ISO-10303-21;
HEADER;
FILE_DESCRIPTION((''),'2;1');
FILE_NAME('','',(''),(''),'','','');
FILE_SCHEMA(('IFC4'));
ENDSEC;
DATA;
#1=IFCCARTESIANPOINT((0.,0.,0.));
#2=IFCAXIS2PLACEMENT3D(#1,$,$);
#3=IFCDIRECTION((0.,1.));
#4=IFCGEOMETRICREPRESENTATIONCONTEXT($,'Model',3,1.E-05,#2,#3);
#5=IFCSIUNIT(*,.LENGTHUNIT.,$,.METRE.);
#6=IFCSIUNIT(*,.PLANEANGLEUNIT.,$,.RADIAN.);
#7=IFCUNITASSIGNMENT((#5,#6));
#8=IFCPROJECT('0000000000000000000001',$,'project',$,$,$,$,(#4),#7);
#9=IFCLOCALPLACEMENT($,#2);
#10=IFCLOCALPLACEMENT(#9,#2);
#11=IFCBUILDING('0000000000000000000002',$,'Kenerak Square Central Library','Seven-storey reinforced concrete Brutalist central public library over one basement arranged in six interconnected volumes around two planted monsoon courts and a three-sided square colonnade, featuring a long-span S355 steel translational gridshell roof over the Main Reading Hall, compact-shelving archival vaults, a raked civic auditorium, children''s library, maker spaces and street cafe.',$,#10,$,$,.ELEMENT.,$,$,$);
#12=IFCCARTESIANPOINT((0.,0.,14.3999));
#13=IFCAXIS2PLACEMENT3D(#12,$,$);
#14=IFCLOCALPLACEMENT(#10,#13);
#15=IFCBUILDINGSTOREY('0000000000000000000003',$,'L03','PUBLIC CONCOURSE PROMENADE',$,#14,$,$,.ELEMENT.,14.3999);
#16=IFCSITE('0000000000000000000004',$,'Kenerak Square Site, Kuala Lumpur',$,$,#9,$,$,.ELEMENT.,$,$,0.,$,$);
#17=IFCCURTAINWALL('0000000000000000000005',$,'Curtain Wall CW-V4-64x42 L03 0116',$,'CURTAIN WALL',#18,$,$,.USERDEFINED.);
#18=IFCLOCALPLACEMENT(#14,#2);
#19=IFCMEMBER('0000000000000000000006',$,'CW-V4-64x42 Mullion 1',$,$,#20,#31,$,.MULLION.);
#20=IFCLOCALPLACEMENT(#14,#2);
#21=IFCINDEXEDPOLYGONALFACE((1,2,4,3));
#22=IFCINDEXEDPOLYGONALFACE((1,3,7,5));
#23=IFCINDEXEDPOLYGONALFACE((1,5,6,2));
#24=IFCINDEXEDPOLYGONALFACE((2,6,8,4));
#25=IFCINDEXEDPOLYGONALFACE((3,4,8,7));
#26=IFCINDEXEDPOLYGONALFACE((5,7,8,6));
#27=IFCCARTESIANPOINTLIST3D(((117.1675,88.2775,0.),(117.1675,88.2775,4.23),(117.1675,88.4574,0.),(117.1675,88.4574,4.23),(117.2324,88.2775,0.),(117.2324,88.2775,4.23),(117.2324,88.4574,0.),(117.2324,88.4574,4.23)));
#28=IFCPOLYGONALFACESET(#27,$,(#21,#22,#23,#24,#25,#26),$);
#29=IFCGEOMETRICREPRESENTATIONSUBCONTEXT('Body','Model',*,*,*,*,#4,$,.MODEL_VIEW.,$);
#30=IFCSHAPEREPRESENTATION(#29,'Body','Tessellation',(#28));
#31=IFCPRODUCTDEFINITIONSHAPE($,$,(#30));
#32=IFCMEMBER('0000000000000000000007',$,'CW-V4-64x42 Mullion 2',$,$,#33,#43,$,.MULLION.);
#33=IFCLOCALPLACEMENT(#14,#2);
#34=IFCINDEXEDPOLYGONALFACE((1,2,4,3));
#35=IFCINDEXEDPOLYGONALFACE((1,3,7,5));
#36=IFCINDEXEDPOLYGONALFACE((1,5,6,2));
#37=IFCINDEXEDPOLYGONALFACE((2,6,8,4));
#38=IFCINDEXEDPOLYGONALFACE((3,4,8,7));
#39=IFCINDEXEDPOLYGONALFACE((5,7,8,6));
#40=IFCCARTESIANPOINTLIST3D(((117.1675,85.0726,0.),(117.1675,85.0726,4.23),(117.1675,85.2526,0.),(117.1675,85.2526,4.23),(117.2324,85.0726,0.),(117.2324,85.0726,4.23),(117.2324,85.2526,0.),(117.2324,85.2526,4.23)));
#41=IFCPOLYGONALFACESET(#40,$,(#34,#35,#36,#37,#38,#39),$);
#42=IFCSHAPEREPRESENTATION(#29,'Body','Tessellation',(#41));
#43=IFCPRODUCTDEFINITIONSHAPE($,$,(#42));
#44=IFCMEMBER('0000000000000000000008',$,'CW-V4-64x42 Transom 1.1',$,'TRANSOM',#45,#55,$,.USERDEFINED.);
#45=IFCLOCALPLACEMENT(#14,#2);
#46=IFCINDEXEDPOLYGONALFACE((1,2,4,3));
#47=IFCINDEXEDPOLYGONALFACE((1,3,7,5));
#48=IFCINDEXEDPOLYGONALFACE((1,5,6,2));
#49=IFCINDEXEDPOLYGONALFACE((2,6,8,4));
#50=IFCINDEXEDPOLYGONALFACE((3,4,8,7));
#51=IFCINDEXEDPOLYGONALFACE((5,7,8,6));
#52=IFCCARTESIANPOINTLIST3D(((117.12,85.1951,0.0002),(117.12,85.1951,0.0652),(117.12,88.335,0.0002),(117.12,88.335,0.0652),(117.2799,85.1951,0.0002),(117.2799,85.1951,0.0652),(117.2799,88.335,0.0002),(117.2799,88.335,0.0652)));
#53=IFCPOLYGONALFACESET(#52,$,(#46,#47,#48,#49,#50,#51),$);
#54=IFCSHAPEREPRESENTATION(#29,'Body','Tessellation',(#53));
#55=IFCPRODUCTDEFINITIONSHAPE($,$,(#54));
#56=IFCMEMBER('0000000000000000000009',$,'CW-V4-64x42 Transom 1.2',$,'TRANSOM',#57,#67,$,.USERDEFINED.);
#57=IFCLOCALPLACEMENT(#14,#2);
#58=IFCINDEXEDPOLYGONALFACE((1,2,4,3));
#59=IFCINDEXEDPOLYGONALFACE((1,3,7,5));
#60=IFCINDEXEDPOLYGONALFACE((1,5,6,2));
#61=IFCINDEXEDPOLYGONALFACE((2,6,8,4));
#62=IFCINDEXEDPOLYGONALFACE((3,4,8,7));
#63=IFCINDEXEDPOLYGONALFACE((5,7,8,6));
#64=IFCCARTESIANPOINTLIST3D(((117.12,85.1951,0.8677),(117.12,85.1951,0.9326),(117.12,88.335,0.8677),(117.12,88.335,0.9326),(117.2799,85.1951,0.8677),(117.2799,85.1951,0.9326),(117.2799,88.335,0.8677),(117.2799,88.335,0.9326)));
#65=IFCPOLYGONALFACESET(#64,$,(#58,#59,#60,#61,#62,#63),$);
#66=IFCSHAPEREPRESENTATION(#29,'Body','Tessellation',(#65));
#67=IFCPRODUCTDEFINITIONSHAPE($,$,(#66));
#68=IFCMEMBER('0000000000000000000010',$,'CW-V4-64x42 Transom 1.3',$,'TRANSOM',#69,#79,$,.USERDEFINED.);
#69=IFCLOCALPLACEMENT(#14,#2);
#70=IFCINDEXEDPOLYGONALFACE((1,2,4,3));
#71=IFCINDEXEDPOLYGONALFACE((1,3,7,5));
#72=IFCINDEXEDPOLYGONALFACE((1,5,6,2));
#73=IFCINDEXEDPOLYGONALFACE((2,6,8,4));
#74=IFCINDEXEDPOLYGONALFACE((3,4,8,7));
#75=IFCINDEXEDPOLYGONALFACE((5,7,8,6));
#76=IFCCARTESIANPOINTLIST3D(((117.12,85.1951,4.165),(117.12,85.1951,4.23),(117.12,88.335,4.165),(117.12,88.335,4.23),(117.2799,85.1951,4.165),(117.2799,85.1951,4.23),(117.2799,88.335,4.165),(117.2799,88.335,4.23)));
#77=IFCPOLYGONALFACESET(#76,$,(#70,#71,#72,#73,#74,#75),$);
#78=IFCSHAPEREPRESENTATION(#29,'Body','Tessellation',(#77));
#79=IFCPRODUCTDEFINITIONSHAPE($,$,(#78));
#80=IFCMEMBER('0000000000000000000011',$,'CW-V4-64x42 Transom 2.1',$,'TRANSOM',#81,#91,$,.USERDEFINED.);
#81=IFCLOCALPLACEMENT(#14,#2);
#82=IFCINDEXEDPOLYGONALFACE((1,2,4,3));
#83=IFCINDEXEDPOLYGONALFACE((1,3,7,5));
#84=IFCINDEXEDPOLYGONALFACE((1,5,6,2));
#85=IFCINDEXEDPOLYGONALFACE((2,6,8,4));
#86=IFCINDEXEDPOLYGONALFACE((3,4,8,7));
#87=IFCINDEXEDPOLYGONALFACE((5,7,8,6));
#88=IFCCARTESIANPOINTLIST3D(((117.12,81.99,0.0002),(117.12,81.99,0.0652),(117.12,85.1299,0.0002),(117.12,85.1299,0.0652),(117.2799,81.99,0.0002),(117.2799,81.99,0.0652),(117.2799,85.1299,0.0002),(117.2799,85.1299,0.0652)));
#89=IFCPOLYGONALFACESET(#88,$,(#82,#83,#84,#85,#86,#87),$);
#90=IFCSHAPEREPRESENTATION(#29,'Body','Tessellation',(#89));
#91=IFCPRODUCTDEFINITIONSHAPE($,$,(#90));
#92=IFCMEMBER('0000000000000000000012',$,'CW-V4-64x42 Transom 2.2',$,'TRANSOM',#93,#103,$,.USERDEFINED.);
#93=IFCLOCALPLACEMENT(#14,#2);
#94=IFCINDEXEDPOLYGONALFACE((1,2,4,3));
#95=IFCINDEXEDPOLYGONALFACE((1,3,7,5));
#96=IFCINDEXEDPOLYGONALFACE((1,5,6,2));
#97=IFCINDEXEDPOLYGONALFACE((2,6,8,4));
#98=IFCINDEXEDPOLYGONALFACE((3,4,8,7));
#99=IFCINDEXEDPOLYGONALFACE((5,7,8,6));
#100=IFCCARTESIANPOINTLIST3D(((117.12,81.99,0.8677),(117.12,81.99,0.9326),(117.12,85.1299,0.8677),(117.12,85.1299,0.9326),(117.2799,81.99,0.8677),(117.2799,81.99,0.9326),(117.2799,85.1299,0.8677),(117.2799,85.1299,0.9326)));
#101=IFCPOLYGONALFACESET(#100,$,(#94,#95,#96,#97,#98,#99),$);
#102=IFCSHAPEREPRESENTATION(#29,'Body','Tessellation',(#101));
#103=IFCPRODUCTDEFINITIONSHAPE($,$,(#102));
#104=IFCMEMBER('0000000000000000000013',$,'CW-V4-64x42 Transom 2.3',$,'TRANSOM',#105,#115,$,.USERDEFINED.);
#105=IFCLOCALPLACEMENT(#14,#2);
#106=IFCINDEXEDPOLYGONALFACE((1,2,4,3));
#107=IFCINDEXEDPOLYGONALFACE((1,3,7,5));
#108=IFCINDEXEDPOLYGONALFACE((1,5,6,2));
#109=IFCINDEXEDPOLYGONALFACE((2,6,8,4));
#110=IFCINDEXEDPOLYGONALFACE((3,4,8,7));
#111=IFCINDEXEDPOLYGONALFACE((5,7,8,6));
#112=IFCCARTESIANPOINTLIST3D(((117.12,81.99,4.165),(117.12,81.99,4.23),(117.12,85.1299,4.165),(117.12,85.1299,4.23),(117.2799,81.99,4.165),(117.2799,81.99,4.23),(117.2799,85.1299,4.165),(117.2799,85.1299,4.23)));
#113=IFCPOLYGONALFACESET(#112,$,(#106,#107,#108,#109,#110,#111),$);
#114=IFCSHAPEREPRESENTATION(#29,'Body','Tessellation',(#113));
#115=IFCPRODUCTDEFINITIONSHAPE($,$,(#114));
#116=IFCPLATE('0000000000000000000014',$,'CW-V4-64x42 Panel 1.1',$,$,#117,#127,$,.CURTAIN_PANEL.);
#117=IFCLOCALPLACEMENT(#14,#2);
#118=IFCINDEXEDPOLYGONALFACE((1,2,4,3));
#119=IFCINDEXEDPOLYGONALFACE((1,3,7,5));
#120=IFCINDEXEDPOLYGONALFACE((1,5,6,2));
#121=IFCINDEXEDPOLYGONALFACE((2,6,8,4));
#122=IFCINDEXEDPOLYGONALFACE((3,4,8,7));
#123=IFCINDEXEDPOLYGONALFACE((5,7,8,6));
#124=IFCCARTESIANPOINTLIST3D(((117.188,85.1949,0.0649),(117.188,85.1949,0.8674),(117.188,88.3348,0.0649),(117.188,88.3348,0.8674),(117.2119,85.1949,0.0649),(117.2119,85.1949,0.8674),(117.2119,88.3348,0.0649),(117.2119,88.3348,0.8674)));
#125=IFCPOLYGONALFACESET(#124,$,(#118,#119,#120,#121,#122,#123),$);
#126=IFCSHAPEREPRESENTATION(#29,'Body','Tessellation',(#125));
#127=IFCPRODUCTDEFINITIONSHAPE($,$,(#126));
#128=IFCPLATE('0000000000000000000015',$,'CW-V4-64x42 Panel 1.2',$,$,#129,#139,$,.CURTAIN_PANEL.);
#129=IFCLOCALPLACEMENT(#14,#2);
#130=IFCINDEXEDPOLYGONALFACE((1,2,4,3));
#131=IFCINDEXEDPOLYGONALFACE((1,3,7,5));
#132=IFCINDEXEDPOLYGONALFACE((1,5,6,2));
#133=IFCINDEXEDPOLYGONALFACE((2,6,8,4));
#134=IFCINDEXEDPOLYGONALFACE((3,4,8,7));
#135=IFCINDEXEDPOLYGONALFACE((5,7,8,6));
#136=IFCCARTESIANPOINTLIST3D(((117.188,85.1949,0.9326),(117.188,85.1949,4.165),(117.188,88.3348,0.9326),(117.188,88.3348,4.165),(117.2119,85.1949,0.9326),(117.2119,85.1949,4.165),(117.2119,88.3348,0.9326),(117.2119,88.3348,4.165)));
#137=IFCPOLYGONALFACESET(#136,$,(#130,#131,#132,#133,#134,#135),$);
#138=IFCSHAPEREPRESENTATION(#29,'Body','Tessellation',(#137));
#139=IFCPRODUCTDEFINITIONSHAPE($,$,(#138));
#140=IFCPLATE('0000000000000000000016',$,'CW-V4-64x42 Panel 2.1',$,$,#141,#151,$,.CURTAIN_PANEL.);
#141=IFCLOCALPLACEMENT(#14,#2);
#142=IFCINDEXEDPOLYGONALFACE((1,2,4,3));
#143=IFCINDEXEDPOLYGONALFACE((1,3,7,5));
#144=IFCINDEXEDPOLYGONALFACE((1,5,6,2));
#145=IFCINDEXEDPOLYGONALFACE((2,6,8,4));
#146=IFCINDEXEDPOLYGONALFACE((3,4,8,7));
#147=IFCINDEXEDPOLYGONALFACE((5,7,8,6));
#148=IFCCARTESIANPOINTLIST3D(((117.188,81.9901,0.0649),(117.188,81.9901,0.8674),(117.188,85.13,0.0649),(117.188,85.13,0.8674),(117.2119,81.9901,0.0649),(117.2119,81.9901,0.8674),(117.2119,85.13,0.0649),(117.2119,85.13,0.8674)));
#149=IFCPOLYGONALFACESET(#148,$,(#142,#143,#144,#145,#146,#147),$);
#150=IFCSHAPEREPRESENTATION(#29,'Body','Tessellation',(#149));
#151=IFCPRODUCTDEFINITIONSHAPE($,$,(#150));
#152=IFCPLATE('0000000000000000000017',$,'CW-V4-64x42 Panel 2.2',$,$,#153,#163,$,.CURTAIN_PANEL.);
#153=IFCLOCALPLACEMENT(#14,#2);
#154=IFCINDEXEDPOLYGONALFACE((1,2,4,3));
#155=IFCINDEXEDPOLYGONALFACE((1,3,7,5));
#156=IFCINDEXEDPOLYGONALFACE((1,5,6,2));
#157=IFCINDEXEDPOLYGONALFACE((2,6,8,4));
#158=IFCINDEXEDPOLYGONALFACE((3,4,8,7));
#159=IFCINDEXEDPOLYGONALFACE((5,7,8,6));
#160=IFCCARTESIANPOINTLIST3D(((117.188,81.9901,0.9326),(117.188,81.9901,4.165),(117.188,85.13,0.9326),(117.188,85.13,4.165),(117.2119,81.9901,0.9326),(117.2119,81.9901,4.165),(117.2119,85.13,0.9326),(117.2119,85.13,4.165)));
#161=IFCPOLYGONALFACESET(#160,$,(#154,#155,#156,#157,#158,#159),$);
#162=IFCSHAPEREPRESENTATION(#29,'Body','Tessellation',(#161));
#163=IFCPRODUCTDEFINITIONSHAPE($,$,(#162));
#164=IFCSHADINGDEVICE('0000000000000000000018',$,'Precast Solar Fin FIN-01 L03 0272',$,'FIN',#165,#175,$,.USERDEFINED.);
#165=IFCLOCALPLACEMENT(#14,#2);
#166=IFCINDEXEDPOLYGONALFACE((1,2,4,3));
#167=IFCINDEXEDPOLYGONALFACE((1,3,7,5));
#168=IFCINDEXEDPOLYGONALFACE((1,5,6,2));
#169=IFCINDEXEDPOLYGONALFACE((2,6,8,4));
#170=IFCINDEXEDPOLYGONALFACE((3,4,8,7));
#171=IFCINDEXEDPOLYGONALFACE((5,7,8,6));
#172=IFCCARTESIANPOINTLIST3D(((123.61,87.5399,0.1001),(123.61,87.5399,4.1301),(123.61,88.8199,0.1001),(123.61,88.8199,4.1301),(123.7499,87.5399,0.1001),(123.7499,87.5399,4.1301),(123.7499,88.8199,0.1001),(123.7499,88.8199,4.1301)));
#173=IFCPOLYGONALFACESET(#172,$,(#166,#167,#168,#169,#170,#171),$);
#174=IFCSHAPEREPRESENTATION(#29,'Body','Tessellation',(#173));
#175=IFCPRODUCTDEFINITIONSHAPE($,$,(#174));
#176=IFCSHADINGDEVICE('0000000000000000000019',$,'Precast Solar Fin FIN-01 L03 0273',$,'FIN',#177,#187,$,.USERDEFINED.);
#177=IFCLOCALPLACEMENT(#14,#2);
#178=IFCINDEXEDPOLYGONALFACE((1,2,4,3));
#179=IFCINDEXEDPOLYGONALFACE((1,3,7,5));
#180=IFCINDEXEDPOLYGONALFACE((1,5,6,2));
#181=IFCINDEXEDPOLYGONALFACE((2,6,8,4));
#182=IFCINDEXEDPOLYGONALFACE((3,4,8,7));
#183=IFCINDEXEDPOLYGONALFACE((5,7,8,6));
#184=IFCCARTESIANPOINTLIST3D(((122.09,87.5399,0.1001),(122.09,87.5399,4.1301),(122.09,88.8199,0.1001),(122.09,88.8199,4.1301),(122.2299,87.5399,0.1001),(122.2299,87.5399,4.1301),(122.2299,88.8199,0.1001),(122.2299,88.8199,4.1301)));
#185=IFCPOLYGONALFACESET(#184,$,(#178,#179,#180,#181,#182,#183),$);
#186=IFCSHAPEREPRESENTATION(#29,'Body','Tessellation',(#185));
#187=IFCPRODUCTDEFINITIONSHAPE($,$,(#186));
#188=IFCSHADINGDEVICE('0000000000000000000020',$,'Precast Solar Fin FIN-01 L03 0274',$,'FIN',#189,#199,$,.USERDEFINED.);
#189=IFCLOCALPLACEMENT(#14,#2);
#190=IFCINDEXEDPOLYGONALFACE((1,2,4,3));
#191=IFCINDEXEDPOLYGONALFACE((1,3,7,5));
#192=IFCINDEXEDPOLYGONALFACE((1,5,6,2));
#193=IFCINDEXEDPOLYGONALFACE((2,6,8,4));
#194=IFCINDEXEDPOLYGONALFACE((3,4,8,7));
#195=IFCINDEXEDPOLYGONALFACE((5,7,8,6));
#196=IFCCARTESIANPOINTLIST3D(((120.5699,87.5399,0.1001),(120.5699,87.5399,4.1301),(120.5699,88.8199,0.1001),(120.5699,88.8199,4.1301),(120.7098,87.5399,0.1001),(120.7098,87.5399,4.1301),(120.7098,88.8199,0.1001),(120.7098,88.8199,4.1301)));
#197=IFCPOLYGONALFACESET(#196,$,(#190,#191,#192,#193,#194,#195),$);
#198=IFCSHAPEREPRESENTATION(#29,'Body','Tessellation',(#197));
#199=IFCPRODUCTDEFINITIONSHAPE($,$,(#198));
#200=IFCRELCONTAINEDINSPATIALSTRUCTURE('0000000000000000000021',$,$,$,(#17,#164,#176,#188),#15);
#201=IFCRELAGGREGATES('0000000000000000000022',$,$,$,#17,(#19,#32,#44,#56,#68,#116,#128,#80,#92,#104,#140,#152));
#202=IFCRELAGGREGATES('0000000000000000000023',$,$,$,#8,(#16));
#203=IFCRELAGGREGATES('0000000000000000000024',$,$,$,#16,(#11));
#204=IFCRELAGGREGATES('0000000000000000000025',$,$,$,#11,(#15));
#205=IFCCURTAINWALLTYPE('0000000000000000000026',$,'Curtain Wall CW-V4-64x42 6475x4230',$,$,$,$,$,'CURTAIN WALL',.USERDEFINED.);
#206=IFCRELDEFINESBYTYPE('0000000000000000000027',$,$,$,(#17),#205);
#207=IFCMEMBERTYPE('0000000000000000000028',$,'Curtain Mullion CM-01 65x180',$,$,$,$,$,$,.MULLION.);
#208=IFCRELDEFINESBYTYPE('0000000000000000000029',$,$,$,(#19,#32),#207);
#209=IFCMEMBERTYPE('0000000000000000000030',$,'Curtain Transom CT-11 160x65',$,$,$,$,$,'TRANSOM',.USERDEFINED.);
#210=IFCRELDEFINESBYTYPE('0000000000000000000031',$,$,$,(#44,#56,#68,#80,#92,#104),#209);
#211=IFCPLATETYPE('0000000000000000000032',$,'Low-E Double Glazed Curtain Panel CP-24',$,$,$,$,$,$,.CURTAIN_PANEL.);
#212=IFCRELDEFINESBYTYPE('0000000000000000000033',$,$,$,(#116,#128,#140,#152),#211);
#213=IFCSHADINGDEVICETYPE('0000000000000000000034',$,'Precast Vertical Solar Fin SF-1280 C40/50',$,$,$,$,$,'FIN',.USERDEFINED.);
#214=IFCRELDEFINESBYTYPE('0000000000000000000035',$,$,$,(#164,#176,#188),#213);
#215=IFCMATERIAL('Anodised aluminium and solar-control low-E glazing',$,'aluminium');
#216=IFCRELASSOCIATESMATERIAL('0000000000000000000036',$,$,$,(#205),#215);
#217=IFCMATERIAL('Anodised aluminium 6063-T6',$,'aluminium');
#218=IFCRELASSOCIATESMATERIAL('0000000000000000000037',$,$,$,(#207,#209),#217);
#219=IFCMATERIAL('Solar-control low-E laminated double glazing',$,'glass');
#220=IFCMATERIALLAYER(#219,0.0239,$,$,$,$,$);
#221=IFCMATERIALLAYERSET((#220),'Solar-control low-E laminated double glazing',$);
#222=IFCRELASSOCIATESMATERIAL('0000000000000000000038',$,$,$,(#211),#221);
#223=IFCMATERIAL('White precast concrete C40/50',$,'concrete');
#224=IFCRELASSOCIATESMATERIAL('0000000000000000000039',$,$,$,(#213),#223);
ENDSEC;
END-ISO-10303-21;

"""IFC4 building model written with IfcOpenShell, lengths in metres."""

from ifc_helpers import new_model, si_unit, direction, frame, origin, origin_2d, place, context, subcontext, project, spatial, rectangle, extrude, material, layer, layer_set, material_profile, profile_set, type_object, element, aggregate, save


model = new_model("IFC4")

# Units and contexts
model_context = context("Model", 3, precision=1e-05, world=origin(), true_north=direction((0.0, 1.0)))
body_context = subcontext(model_context, "Body", "Model", "MODEL_VIEW")
ifc_project = project(units=[si_unit("LENGTHUNIT", "METRE"), si_unit("PLANEANGLEUNIT", "RADIAN")], contexts=[model_context])

# Site, building, storey
site_placement = place(None, origin())
site = spatial("IfcSite", under=ifc_project, at=site_placement, Name="Kenerak Square Site, Kuala Lumpur", CompositionType="ELEMENT", RefElevation=0.0)
building_placement = place(site_placement, origin())
building = spatial("IfcBuilding", under=site, at=building_placement, Name="Kenerak Square Central Library", Description="Seven-storey reinforced concrete Brutalist central public library over one basement arranged in six interconnected volumes around two planted monsoon courts and a three-sided square colonnade, featuring a long-span S355 steel translational gridshell roof over the Main Reading Hall, compact-shelving archival vaults, a raked civic auditorium, children's library, maker spaces and street cafe.", CompositionType="ELEMENT")
storey_placement = place(building_placement, frame((0.0, 0.0, 14.3999)))
storey = spatial("IfcBuildingStorey", under=building, at=storey_placement, Name="L03", Description="PUBLIC CONCOURSE PROMENADE", CompositionType="ELEMENT", Elevation=14.3999)

# Curtain wall, members, plates
ifc_material_1 = material(Name="Anodised aluminium and solar-control low-E glazing", Category="aluminium")
curtain_wall_type = type_object("IfcCurtainWallType", Name="Curtain Wall CW-V4-64x42 6475x4230", ElementType="CURTAIN WALL", PredefinedType="USERDEFINED", material=ifc_material_1)
curtain_wall_placement = place(storey_placement, origin())
curtain_wall = element("IfcCurtainWall", 1, at=curtain_wall_placement, inside=storey, type_object=curtain_wall_type, Name="Curtain Wall CW-V4-64x42 L03 0116", ObjectType="CURTAIN WALL", PredefinedType="USERDEFINED")
ifc_material_2 = material(Name="Anodised aluminium 6063-T6", Category="aluminium")
ifc_material_profile_1 = material_profile(ifc_material_2, rectangle(XDim=0.0649, YDim=0.1799, at=origin_2d()), Name="AL MULLION 65x180")
ifc_profile_set_1 = profile_set([ifc_material_profile_1], Name="Anodised aluminium 6063-T6")
member_type_1 = type_object("IfcMemberType", Name="Curtain Mullion CM-01 65x180", PredefinedType="MULLION", material=ifc_profile_set_1)
member_1_placement = place(storey_placement, frame((117.2, 88.3674, 0.0), z_axis=(0.0, 0.0, 1.0), x_axis=(1.0, 0.0, 0.0)))
member_1 = element("IfcMember", 2, at=member_1_placement, type_object=member_type_1, Name="CW-V4-64x42 Mullion 1", PredefinedType="MULLION", context=body_context, shape_type="SweptSolid", body=[
    extrude(rectangle(XDim=0.0649, YDim=0.1799, at=origin_2d()), origin(), (0.0, 0.0, 1.0), 4.23),
])
member_2_placement = place(storey_placement, frame((117.2, 85.1626, 0.0), z_axis=(0.0, 0.0, 1.0), x_axis=(1.0, 0.0, 0.0)))
member_2 = element("IfcMember", 3, at=member_2_placement, type_object=member_type_1, Name="CW-V4-64x42 Mullion 2", PredefinedType="MULLION", context=body_context, shape_type="SweptSolid", body=[
    extrude(rectangle(XDim=0.0649, YDim=0.1799, at=origin_2d()), origin(), (0.0, 0.0, 1.0), 4.23),
])
ifc_material_profile_2 = material_profile(ifc_material_2, rectangle(XDim=0.1599, YDim=0.0649, at=origin_2d()), Name="AL TRANSOM 160x65")
ifc_profile_set_2 = profile_set([ifc_material_profile_2], Name="Anodised aluminium 6063-T6")
member_type_2 = type_object("IfcMemberType", Name="Curtain Transom CT-11 160x65", ElementType="TRANSOM", PredefinedType="USERDEFINED", material=ifc_profile_set_2)
member_3_placement = place(storey_placement, frame((117.2, 88.335, 0.0327), z_axis=(0.0, -1.0, 0.0), x_axis=(1.0, 0.0, 0.0)))
member_3 = element("IfcMember", 4, at=member_3_placement, type_object=member_type_2, Name="CW-V4-64x42 Transom 1.1", ObjectType="TRANSOM", PredefinedType="USERDEFINED", context=body_context, shape_type="SweptSolid", body=[
    extrude(rectangle(XDim=0.1599, YDim=0.0649, at=origin_2d()), origin(), (0.0, 0.0, 1.0), 3.1399),
])
member_4_placement = place(storey_placement, frame((117.2, 88.335, 0.9001), z_axis=(0.0, -1.0, 0.0), x_axis=(1.0, 0.0, 0.0)))
member_4 = element("IfcMember", 5, at=member_4_placement, type_object=member_type_2, Name="CW-V4-64x42 Transom 1.2", ObjectType="TRANSOM", PredefinedType="USERDEFINED", context=body_context, shape_type="SweptSolid", body=[
    extrude(rectangle(XDim=0.1599, YDim=0.0649, at=origin_2d()), origin(), (0.0, 0.0, 1.0), 3.1399),
])
member_5_placement = place(storey_placement, frame((117.2, 88.335, 4.1975), z_axis=(0.0, -1.0, 0.0), x_axis=(1.0, 0.0, 0.0)))
member_5 = element("IfcMember", 6, at=member_5_placement, type_object=member_type_2, Name="CW-V4-64x42 Transom 1.3", ObjectType="TRANSOM", PredefinedType="USERDEFINED", context=body_context, shape_type="SweptSolid", body=[
    extrude(rectangle(XDim=0.1599, YDim=0.0649, at=origin_2d()), origin(), (0.0, 0.0, 1.0), 3.1399),
])
member_6_placement = place(storey_placement, frame((117.2, 85.1299, 0.0327), z_axis=(0.0, -1.0, 0.0), x_axis=(1.0, 0.0, 0.0)))
member_6 = element("IfcMember", 7, at=member_6_placement, type_object=member_type_2, Name="CW-V4-64x42 Transom 2.1", ObjectType="TRANSOM", PredefinedType="USERDEFINED", context=body_context, shape_type="SweptSolid", body=[
    extrude(rectangle(XDim=0.1599, YDim=0.0649, at=origin_2d()), origin(), (0.0, 0.0, 1.0), 3.1399),
])
member_7_placement = place(storey_placement, frame((117.2, 85.1299, 0.9001), z_axis=(0.0, -1.0, 0.0), x_axis=(1.0, 0.0, 0.0)))
member_7 = element("IfcMember", 8, at=member_7_placement, type_object=member_type_2, Name="CW-V4-64x42 Transom 2.2", ObjectType="TRANSOM", PredefinedType="USERDEFINED", context=body_context, shape_type="SweptSolid", body=[
    extrude(rectangle(XDim=0.1599, YDim=0.0649, at=origin_2d()), origin(), (0.0, 0.0, 1.0), 3.1399),
])
member_8_placement = place(storey_placement, frame((117.2, 85.1299, 4.1975), z_axis=(0.0, -1.0, 0.0), x_axis=(1.0, 0.0, 0.0)))
member_8 = element("IfcMember", 9, at=member_8_placement, type_object=member_type_2, Name="CW-V4-64x42 Transom 2.3", ObjectType="TRANSOM", PredefinedType="USERDEFINED", context=body_context, shape_type="SweptSolid", body=[
    extrude(rectangle(XDim=0.1599, YDim=0.0649, at=origin_2d()), origin(), (0.0, 0.0, 1.0), 3.1399),
])
ifc_material_3 = material(Name="Solar-control low-E laminated double glazing", Category="glass")
ifc_layer = layer(ifc_material_3, 0.0239)
ifc_layer_set = layer_set([ifc_layer], Name="Solar-control low-E laminated double glazing")
plate_type = type_object("IfcPlateType", Name="Low-E Double Glazed Curtain Panel CP-24", PredefinedType="CURTAIN_PANEL", material=ifc_layer_set)
plate_1_placement = place(storey_placement, frame((117.2, 86.7649, 0.0649), z_axis=(0.0, 0.0, 1.0), x_axis=(0.0, -1.0, 0.0)))
plate_1 = element("IfcPlate", 10, at=plate_1_placement, type_object=plate_type, Name="CW-V4-64x42 Panel 1.1", PredefinedType="CURTAIN_PANEL", context=body_context, shape_type="SweptSolid", body=[
    extrude(rectangle(XDim=3.1399, YDim=0.0239, at=origin_2d()), origin(), (0.0, 0.0, 1.0), 0.8025),
])
plate_2_placement = place(storey_placement, frame((117.2, 86.7649, 0.9326), z_axis=(0.0, 0.0, 1.0), x_axis=(0.0, -1.0, 0.0)))
plate_2 = element("IfcPlate", 11, at=plate_2_placement, type_object=plate_type, Name="CW-V4-64x42 Panel 1.2", PredefinedType="CURTAIN_PANEL", context=body_context, shape_type="SweptSolid", body=[
    extrude(rectangle(XDim=3.1399, YDim=0.0239, at=origin_2d()), origin(), (0.0, 0.0, 1.0), 3.2324),
])
plate_3_placement = place(storey_placement, frame((117.2, 83.5601, 0.0649), z_axis=(0.0, 0.0, 1.0), x_axis=(0.0, -1.0, 0.0)))
plate_3 = element("IfcPlate", 12, at=plate_3_placement, type_object=plate_type, Name="CW-V4-64x42 Panel 2.1", PredefinedType="CURTAIN_PANEL", context=body_context, shape_type="SweptSolid", body=[
    extrude(rectangle(XDim=3.1399, YDim=0.0239, at=origin_2d()), origin(), (0.0, 0.0, 1.0), 0.8025),
])
plate_4_placement = place(storey_placement, frame((117.2, 83.5601, 0.9326), z_axis=(0.0, 0.0, 1.0), x_axis=(0.0, -1.0, 0.0)))
plate_4 = element("IfcPlate", 13, at=plate_4_placement, type_object=plate_type, Name="CW-V4-64x42 Panel 2.2", PredefinedType="CURTAIN_PANEL", context=body_context, shape_type="SweptSolid", body=[
    extrude(rectangle(XDim=3.1399, YDim=0.0239, at=origin_2d()), origin(), (0.0, 0.0, 1.0), 3.2324),
])
aggregate(curtain_wall, [member_1, member_2, member_3, member_4, member_5, plate_1, plate_2, member_6, member_7, member_8, plate_3, plate_4])

# Shading devices
ifc_material_4 = material(Name="White precast concrete C40/50", Category="concrete")
shading_device_type = type_object("IfcShadingDeviceType", Name="Precast Vertical Solar Fin SF-1280 C40/50", ElementType="FIN", PredefinedType="USERDEFINED", material=ifc_material_4)
for number, where, z_axis, x_axis, name in (
    (14, (123.6799, 88.1799, 0.1001), (0.0, 0.0, 1.0), (-1.0, 0.0, 0.0), "Precast Solar Fin FIN-01 L03 0272"),
    (15, (122.1599, 88.1799, 0.1001), (0.0, 0.0, 1.0), (-1.0, 0.0, 0.0), "Precast Solar Fin FIN-01 L03 0273"),
    (16, (120.6399, 88.1799, 0.1001), (0.0, 0.0, 1.0), (-1.0, 0.0, 0.0), "Precast Solar Fin FIN-01 L03 0274"),
):
    element("IfcShadingDevice", number, at=place(storey_placement, frame(where, z_axis=z_axis, x_axis=x_axis)), inside=storey, type_object=shading_device_type, Name=name, ObjectType="FIN", PredefinedType="USERDEFINED", context=body_context, shape_type="SweptSolid", body=[
        extrude(rectangle(XDim=0.1399, YDim=1.28, at=origin_2d()), origin(), (0.0, 0.0, 1.0), 4.03),
    ])

save(model, "model.ifc")
